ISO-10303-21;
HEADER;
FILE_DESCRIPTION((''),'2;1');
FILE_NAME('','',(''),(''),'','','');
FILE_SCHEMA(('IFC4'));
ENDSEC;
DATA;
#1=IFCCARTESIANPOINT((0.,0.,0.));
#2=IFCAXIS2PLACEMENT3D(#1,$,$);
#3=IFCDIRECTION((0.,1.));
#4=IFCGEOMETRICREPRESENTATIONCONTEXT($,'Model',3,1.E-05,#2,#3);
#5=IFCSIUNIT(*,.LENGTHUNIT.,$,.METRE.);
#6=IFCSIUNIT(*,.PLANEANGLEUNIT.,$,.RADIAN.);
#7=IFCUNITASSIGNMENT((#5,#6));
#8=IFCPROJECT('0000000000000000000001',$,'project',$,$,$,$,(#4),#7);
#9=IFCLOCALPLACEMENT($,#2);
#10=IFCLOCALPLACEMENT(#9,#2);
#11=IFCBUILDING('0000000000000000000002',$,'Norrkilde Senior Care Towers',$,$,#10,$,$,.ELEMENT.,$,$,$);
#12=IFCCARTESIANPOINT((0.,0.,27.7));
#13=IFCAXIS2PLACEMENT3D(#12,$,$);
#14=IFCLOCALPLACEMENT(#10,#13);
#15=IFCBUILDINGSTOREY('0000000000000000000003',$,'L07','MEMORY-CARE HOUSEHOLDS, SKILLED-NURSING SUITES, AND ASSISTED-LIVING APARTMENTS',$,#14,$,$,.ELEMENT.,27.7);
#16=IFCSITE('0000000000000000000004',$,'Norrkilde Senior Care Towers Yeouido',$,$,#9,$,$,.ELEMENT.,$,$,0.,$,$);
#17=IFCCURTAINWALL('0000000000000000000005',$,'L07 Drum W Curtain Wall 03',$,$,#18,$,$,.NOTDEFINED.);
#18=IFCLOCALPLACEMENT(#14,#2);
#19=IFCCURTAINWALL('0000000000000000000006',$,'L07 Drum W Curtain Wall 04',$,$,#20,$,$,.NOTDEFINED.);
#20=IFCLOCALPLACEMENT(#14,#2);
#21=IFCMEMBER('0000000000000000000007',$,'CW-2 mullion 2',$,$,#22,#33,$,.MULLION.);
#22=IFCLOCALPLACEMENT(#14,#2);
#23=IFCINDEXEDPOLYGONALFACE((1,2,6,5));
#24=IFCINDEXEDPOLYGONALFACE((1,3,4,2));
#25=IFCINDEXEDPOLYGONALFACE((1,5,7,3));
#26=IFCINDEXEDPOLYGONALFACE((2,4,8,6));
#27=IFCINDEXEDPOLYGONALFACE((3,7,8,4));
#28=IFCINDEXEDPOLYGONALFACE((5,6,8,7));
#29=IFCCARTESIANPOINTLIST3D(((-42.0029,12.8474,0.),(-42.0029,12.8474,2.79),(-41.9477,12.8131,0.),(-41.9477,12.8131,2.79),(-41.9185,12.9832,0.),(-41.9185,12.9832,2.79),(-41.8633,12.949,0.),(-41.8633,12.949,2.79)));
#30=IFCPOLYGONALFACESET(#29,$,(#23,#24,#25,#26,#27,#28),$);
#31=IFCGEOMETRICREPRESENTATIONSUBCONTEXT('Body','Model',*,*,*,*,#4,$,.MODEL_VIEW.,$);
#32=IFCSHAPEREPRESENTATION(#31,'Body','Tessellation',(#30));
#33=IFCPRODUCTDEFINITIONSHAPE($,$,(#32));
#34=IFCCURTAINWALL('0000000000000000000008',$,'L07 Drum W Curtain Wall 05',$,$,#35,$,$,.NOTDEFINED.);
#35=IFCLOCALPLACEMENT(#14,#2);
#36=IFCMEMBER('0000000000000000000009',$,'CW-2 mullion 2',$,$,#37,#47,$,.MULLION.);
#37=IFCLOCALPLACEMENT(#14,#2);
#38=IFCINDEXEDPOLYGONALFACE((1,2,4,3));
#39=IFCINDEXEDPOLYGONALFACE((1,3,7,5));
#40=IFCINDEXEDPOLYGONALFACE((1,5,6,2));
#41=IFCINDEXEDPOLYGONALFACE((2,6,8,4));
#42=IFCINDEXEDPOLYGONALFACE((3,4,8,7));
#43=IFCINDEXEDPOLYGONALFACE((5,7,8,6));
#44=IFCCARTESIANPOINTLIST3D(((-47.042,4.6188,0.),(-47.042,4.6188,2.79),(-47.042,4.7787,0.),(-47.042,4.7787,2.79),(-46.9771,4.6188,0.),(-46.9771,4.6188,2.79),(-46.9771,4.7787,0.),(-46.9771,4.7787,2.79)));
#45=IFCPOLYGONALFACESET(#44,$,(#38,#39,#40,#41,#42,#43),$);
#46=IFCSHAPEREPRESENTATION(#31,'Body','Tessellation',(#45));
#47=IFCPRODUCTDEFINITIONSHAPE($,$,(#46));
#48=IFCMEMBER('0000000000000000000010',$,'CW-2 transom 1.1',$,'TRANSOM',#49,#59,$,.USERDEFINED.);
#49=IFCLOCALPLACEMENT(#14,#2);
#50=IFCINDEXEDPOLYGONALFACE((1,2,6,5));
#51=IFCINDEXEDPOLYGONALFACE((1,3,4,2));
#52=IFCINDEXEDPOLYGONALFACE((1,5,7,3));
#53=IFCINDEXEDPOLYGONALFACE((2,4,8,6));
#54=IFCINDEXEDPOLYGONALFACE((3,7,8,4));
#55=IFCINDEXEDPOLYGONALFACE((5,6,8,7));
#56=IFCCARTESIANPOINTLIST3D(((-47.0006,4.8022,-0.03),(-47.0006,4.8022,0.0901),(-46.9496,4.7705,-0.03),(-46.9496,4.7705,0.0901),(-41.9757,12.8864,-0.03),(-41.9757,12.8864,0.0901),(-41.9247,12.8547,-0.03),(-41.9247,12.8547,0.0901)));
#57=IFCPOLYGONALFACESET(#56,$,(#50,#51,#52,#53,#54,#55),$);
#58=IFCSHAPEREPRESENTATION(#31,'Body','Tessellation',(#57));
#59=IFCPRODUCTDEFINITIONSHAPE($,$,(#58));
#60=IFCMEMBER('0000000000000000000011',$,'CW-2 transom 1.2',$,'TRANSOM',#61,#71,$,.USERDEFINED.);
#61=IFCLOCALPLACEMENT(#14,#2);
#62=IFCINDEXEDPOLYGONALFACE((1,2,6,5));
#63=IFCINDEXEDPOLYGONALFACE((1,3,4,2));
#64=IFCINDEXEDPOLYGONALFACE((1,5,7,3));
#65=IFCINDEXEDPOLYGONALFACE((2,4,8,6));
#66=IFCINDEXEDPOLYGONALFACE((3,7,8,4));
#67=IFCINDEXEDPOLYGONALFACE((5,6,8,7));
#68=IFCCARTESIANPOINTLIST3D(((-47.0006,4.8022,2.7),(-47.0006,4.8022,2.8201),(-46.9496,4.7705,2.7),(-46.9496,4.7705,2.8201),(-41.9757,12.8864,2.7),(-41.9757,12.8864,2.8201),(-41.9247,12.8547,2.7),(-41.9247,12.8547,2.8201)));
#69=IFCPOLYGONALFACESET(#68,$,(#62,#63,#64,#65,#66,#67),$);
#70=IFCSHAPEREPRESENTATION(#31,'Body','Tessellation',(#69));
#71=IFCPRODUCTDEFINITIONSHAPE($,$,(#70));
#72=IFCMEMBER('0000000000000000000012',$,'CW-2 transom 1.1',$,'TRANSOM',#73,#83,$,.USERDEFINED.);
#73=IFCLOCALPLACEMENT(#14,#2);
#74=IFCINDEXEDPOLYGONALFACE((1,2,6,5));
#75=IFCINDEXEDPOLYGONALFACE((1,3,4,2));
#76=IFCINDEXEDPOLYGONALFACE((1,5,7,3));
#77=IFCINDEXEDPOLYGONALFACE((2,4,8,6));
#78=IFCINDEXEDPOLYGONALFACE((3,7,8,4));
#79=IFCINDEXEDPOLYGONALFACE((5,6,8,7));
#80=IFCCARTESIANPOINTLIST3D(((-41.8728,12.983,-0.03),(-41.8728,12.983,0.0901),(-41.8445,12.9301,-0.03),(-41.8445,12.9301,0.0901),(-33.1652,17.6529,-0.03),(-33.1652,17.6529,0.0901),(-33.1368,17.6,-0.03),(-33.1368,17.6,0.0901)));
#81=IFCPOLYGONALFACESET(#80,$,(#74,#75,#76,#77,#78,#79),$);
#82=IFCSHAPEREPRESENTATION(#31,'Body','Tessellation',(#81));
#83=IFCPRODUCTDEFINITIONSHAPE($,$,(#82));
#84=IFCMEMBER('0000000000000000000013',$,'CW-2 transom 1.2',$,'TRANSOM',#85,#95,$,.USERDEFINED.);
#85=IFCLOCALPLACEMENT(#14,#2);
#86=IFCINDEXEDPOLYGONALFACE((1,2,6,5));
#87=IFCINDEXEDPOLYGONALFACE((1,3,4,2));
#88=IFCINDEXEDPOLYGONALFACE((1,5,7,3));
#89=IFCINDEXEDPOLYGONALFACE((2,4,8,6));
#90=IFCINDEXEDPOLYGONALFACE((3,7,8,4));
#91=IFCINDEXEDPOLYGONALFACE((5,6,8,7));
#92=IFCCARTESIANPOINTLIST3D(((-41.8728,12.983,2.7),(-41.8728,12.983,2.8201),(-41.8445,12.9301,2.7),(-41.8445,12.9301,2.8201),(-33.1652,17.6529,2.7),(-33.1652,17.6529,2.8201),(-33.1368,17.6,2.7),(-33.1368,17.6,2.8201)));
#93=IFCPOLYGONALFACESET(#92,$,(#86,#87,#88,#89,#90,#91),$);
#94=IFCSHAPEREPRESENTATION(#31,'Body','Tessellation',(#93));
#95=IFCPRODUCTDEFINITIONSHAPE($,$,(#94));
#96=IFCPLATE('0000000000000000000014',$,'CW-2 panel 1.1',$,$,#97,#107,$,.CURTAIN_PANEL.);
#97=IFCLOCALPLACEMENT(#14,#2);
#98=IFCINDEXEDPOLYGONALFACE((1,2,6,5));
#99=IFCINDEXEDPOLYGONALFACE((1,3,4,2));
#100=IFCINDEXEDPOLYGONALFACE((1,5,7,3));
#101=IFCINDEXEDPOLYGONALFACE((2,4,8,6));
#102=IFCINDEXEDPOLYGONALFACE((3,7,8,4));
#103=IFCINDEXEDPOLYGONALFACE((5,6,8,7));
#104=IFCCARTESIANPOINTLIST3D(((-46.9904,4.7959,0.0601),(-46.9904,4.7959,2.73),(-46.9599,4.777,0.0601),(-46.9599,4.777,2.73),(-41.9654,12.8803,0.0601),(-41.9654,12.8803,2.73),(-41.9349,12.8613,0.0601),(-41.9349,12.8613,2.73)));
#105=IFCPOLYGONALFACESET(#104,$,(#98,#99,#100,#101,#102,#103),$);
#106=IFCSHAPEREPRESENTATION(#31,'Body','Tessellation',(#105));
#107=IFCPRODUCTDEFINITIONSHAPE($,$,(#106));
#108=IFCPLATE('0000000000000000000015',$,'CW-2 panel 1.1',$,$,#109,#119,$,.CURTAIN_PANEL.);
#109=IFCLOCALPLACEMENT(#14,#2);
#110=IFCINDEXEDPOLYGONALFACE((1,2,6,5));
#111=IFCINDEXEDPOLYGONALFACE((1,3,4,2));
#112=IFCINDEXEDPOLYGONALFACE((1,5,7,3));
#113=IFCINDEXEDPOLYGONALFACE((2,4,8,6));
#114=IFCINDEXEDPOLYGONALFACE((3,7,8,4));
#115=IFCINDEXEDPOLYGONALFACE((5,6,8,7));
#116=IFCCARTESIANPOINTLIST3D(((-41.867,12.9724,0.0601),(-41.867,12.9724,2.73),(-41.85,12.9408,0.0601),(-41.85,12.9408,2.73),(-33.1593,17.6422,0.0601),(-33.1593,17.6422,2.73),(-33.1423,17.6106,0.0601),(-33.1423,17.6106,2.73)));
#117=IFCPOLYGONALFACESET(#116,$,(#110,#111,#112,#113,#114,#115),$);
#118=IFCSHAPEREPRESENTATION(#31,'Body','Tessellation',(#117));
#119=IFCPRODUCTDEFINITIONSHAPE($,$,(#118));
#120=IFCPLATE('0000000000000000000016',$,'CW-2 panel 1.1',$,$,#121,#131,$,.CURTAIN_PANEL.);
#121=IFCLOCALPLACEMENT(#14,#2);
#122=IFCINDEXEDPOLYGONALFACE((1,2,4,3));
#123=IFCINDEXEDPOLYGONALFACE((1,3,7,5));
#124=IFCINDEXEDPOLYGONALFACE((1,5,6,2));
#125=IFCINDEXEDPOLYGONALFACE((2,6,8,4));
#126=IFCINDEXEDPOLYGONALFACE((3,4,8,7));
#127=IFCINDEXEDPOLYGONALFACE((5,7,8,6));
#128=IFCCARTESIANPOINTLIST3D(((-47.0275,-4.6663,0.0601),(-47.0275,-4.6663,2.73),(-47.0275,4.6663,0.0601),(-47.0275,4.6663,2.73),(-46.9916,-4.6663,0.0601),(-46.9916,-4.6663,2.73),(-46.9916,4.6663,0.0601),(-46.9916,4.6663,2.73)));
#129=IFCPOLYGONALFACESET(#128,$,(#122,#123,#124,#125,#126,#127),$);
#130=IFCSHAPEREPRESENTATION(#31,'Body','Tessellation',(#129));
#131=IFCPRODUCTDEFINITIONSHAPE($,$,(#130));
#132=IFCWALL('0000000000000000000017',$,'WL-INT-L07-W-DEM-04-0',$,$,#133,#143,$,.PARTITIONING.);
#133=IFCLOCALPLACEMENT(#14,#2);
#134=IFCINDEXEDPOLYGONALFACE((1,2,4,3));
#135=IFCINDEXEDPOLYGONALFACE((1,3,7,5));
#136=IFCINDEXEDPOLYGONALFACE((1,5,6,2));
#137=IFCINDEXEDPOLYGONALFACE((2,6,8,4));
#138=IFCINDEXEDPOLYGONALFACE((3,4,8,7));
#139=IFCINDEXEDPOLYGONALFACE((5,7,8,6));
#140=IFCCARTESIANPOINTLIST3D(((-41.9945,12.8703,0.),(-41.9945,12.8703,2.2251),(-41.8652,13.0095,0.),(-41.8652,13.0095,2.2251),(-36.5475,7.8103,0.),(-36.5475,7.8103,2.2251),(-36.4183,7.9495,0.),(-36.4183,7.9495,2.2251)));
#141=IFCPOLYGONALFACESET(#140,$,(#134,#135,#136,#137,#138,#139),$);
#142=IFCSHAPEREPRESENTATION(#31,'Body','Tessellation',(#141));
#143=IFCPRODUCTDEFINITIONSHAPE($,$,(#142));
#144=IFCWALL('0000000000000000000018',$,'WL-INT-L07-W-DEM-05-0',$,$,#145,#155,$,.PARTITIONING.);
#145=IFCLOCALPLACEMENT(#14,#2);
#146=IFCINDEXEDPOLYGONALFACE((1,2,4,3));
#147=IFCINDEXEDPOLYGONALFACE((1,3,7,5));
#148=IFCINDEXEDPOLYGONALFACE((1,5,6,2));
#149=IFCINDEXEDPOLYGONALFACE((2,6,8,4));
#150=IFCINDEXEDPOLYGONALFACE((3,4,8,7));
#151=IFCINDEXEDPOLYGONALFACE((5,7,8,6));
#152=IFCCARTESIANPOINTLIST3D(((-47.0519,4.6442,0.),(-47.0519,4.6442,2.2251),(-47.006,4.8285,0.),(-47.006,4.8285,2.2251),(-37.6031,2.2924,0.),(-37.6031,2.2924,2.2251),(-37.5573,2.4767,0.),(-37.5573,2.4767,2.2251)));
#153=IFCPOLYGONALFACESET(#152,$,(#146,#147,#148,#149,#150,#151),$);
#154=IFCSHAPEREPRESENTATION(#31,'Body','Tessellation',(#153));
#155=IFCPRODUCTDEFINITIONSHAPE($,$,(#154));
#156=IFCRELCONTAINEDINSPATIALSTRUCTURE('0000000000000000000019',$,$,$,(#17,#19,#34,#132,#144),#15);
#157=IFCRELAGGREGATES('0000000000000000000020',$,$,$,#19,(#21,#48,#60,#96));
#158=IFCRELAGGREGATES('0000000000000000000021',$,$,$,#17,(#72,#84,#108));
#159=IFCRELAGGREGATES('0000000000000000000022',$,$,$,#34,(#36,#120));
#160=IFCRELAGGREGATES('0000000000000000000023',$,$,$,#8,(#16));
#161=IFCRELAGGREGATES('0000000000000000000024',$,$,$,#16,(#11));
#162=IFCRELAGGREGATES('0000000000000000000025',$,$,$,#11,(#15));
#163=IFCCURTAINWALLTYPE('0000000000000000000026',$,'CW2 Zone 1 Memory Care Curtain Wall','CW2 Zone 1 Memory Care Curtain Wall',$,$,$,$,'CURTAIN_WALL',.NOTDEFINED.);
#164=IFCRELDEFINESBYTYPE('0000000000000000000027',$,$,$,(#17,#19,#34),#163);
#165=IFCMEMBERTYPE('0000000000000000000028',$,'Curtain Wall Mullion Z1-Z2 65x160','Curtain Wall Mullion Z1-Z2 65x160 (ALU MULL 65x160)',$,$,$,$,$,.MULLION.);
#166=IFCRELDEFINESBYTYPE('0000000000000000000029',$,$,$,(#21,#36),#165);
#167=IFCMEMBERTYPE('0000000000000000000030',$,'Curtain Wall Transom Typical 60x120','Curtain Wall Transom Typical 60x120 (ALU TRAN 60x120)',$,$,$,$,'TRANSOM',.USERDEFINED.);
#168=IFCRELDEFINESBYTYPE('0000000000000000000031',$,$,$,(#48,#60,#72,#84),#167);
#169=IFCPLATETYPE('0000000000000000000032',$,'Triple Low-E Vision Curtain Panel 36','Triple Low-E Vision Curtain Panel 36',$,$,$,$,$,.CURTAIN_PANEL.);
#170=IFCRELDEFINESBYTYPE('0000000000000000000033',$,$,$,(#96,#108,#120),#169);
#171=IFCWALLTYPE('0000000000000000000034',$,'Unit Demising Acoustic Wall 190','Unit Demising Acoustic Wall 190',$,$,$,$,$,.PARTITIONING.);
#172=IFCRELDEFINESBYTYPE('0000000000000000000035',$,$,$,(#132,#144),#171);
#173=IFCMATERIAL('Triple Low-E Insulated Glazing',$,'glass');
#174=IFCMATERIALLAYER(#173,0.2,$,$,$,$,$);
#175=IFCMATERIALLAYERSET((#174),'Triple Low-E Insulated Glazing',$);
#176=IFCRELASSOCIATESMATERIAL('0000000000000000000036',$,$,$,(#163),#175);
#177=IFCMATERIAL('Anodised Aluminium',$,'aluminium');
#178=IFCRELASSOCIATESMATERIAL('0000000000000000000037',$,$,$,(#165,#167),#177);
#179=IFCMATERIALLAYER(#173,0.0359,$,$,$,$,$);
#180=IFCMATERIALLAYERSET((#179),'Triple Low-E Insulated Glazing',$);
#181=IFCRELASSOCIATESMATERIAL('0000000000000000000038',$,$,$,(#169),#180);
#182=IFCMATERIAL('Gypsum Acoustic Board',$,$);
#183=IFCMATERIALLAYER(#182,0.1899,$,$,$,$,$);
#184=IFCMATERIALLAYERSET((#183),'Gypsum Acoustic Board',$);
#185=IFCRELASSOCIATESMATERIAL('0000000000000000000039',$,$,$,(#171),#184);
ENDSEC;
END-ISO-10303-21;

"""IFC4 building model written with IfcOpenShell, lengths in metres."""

from ifc_helpers import new_model, si_unit, direction, frame, frame_2d, origin, origin_2d, place, context, subcontext, project, spatial, rectangle, extrude, source, transform, mapped, material, layer, layer_set, material_profile, profile_set, type_object, type_shapes, element, aggregate, save


model = new_model("IFC4")

# Units and contexts
model_context = context("Model", 3, precision=1e-05, world=origin(), true_north=direction((0.0, 1.0)))
body_context = subcontext(model_context, "Body", "Model", "MODEL_VIEW")
ifc_project = project(units=[si_unit("LENGTHUNIT", "METRE"), si_unit("PLANEANGLEUNIT", "RADIAN")], contexts=[model_context])

# Site, building, storey
site_placement = place(None, origin())
site = spatial("IfcSite", under=ifc_project, at=site_placement, Name="Norrkilde Senior Care Towers Yeouido", CompositionType="ELEMENT", RefElevation=0.0)
building_placement = place(site_placement, origin())
building = spatial("IfcBuilding", under=site, at=building_placement, Name="Norrkilde Senior Care Towers", CompositionType="ELEMENT")
storey_placement = place(building_placement, frame((0.0, 0.0, 27.7)))
storey = spatial("IfcBuildingStorey", under=building, at=storey_placement, Name="L07", Description="MEMORY-CARE HOUSEHOLDS, SKILLED-NURSING SUITES, AND ASSISTED-LIVING APARTMENTS", CompositionType="ELEMENT", Elevation=27.7)

# Curtain wall
ifc_material_1 = material(Name="Triple Low-E Insulated Glazing", Category="glass")
ifc_layer_1 = layer(ifc_material_1, 0.2)
ifc_layer_set_1 = layer_set([ifc_layer_1], Name="Triple Low-E Insulated Glazing")
curtain_wall_type = type_object("IfcCurtainWallType", Name="CW2 Zone 1 Memory Care Curtain Wall", Description="CW2 Zone 1 Memory Care Curtain Wall", ElementType="CURTAIN_WALL", PredefinedType="NOTDEFINED", material=ifc_layer_set_1)
curtain_wall_1_placement = place(storey_placement, origin())
curtain_wall_1 = element("IfcCurtainWall", 1, at=curtain_wall_1_placement, inside=storey, type_object=curtain_wall_type, Name="L07 Drum W Curtain Wall 03", PredefinedType="NOTDEFINED")
ifc_material_2 = material(Name="Anodised Aluminium", Category="aluminium")
ifc_material_profile_1 = material_profile(ifc_material_2, rectangle(XDim=0.0649, YDim=0.1599, at=origin_2d()), Name="ALU MULL 65x160")
ifc_profile_set_1 = profile_set([ifc_material_profile_1], Name="Anodised Aluminium")
member_type_1 = type_object("IfcMemberType", Name="Curtain Wall Mullion Z1-Z2 65x160", Description="Curtain Wall Mullion Z1-Z2 65x160 (ALU MULL 65x160)", PredefinedType="MULLION", material=ifc_profile_set_1)
shared_shape_1 = source(origin(), body_context, "Body", "SweptSolid", [
    extrude(rectangle(XDim=0.0649, YDim=0.1599, at=origin_2d()), origin(), (0.0, 0.0, 1.0), 2.79),
])
type_shapes(member_type_1, [shared_shape_1])

# Curtain wall, member
curtain_wall_2_placement = place(storey_placement, origin())
curtain_wall_2 = element("IfcCurtainWall", 2, at=curtain_wall_2_placement, inside=storey, type_object=curtain_wall_type, Name="L07 Drum W Curtain Wall 04", PredefinedType="NOTDEFINED")
member_1_placement = place(storey_placement, frame((-41.9331, 12.8982, 0.0), z_axis=(0.0, 0.0, 1.0), x_axis=(-0.849306, 0.527901, 0.0)))
member_1 = element("IfcMember", 3, at=member_1_placement, type_object=member_type_1, Name="CW-2 mullion 2", PredefinedType="MULLION", context=body_context, shape_type="MappedRepresentation", body=[
    mapped(shared_shape_1, transform((0.0, 0.0, 0.0), x_axis=(1.0, 0.0, 0.0), y_axis=(0.0, 1.0, 0.0), z_axis=(0.0, 0.0, 1.0), scale=1.0)),
])

# Curtain wall, member
curtain_wall_3_placement = place(storey_placement, origin())
curtain_wall_3 = element("IfcCurtainWall", 4, at=curtain_wall_3_placement, inside=storey, type_object=curtain_wall_type, Name="L07 Drum W Curtain Wall 05", PredefinedType="NOTDEFINED")
member_2_placement = place(storey_placement, frame((-47.0095, 4.6987, 0.0), z_axis=(0.0, 0.0, 1.0), x_axis=(-1.0, 0.0, 0.0)))
member_2 = element("IfcMember", 5, at=member_2_placement, type_object=member_type_1, Name="CW-2 mullion 2", PredefinedType="MULLION", context=body_context, shape_type="MappedRepresentation", body=[
    mapped(shared_shape_1, transform((0.0, 0.0, 0.0), x_axis=(1.0, 0.0, 0.0), y_axis=(0.0, 1.0, 0.0), z_axis=(0.0, 0.0, 1.0), scale=1.0)),
])

# Members
ifc_material_profile_2 = material_profile(ifc_material_2, rectangle(XDim=0.0601, YDim=0.1201, at=origin_2d()), Name="ALU TRAN 60x120")
ifc_profile_set_2 = profile_set([ifc_material_profile_2], Name="Anodised Aluminium")
member_type_2 = type_object("IfcMemberType", Name="Curtain Wall Transom Typical 60x120", Description="Curtain Wall Transom Typical 60x120 (ALU TRAN 60x120)", ElementType="TRANSOM", PredefinedType="USERDEFINED", material=ifc_profile_set_2)
shared_shape_2 = source(origin(), body_context, "Body", "SweptSolid", [
    extrude(rectangle(XDim=0.0601, YDim=0.1201, at=origin_2d()), origin(), (0.0, 0.0, 1.0), 9.5186),
])
member_3_placement = place(storey_placement, frame((-46.9751, 4.7864, 0.03), z_axis=(0.527902, 0.849306, 0.0), x_axis=(-0.849306, 0.527902, 0.0)))
member_3 = element("IfcMember", 6, at=member_3_placement, type_object=member_type_2, Name="CW-2 transom 1.1", ObjectType="TRANSOM", PredefinedType="USERDEFINED", context=body_context, shape_type="MappedRepresentation", body=[
    mapped(shared_shape_2, transform((0.0, 0.0, 0.0), x_axis=(1.0, 0.0, 0.0), y_axis=(0.0, 1.0, 0.0), z_axis=(0.0, 0.0, 1.0), scale=1.0)),
])
member_4_placement = place(storey_placement, frame((-46.9751, 4.7864, 2.76), z_axis=(0.527902, 0.849306, 0.0), x_axis=(-0.849306, 0.527902, 0.0)))
member_4 = element("IfcMember", 7, at=member_4_placement, type_object=member_type_2, Name="CW-2 transom 1.2", ObjectType="TRANSOM", PredefinedType="USERDEFINED", context=body_context, shape_type="MappedRepresentation", body=[
    mapped(shared_shape_2, transform((0.0, 0.0, 0.0), x_axis=(1.0, 0.0, 0.0), y_axis=(0.0, 1.0, 0.0), z_axis=(0.0, 0.0, 1.0), scale=1.0)),
])
shared_shape_3 = source(origin(), body_context, "Body", "SweptSolid", [
    extrude(rectangle(XDim=0.0601, YDim=0.1201, at=origin_2d()), origin(), (0.0, 0.0, 1.0), 9.8809),
])
type_shapes(member_type_2, [shared_shape_2, shared_shape_3])
member_5_placement = place(storey_placement, frame((-41.8586, 12.9565, 0.03), z_axis=(0.881267, 0.472618, 0.0), x_axis=(-0.472618, 0.881267, 0.0)))
member_5 = element("IfcMember", 8, at=member_5_placement, type_object=member_type_2, Name="CW-2 transom 1.1", ObjectType="TRANSOM", PredefinedType="USERDEFINED", context=body_context, shape_type="MappedRepresentation", body=[
    mapped(shared_shape_3, transform((0.0, 0.0, 0.0), x_axis=(1.0, 0.0, 0.0), y_axis=(0.0, 1.0, 0.0), z_axis=(0.0, 0.0, 1.0), scale=1.0)),
])
member_6_placement = place(storey_placement, frame((-41.8586, 12.9565, 2.76), z_axis=(0.881267, 0.472618, 0.0), x_axis=(-0.472618, 0.881267, 0.0)))
member_6 = element("IfcMember", 9, at=member_6_placement, type_object=member_type_2, Name="CW-2 transom 1.2", ObjectType="TRANSOM", PredefinedType="USERDEFINED", context=body_context, shape_type="MappedRepresentation", body=[
    mapped(shared_shape_3, transform((0.0, 0.0, 0.0), x_axis=(1.0, 0.0, 0.0), y_axis=(0.0, 1.0, 0.0), z_axis=(0.0, 0.0, 1.0), scale=1.0)),
])

# Plates
ifc_layer_2 = layer(ifc_material_1, 0.0359)
ifc_layer_set_2 = layer_set([ifc_layer_2], Name="Triple Low-E Insulated Glazing")
plate_type = type_object("IfcPlateType", Name="Triple Low-E Vision Curtain Panel 36", Description="Triple Low-E Vision Curtain Panel 36", PredefinedType="CURTAIN_PANEL", material=ifc_layer_set_2)
shared_shape_4 = source(origin(), body_context, "Body", "SweptSolid", [
    extrude(rectangle(XDim=9.5188, YDim=0.0359, at=origin_2d()), origin(), (0.0, 0.0, 1.0), 2.6699),
])
plate_1_placement = place(storey_placement, frame((-44.4626, 8.8286, 0.0601), z_axis=(0.0, 0.0, 1.0), x_axis=(0.527901, 0.849306, 0.0)))
plate_1 = element("IfcPlate", 10, at=plate_1_placement, type_object=plate_type, Name="CW-2 panel 1.1", PredefinedType="CURTAIN_PANEL", context=body_context, shape_type="MappedRepresentation", body=[
    mapped(shared_shape_4, transform((0.0, 0.0, 0.0), x_axis=(1.0, 0.0, 0.0), y_axis=(0.0, 1.0, 0.0), z_axis=(0.0, 0.0, 1.0), scale=1.0)),
])
aggregate(curtain_wall_2, [member_1, member_3, member_4, plate_1])
shared_shape_5 = source(origin(), body_context, "Body", "SweptSolid", [
    extrude(rectangle(XDim=9.8809, YDim=0.0359, at=origin_2d()), origin(), (0.0, 0.0, 1.0), 2.6699),
])
plate_2_placement = place(storey_placement, frame((-37.5046, 15.2915, 0.0601), z_axis=(0.0, 0.0, 1.0), x_axis=(0.881273, 0.472608, 0.0)))
plate_2 = element("IfcPlate", 11, at=plate_2_placement, type_object=plate_type, Name="CW-2 panel 1.1", PredefinedType="CURTAIN_PANEL", context=body_context, shape_type="MappedRepresentation", body=[
    mapped(shared_shape_5, transform((0.0, 0.0, 0.0), x_axis=(1.0, 0.0, 0.0), y_axis=(0.0, 1.0, 0.0), z_axis=(0.0, 0.0, 1.0), scale=1.0)),
])
aggregate(curtain_wall_1, [member_5, member_6, plate_2])
shared_shape_6 = source(origin(), body_context, "Body", "SweptSolid", [
    extrude(rectangle(XDim=9.3325, YDim=0.0359, at=origin_2d()), origin(), (0.0, 0.0, 1.0), 2.6699),
])
type_shapes(plate_type, [shared_shape_4, shared_shape_5, shared_shape_6])
plate_3_placement = place(storey_placement, frame((-47.0095, 0.0, 0.0601), z_axis=(0.0, 0.0, 1.0), x_axis=(0.0, 1.0, 0.0)))
plate_3 = element("IfcPlate", 12, at=plate_3_placement, type_object=plate_type, Name="CW-2 panel 1.1", PredefinedType="CURTAIN_PANEL", context=body_context, shape_type="MappedRepresentation", body=[
    mapped(shared_shape_6, transform((0.0, 0.0, 0.0), x_axis=(1.0, 0.0, 0.0), y_axis=(0.0, 1.0, 0.0), z_axis=(0.0, 0.0, 1.0), scale=1.0)),
])
aggregate(curtain_wall_3, [member_2, plate_3])

# Shared definitions
ifc_material_3 = material(Name="Gypsum Acoustic Board")

# Walls
ifc_layer_3 = layer(ifc_material_3, 0.1899)
ifc_layer_set_3 = layer_set([ifc_layer_3], Name="Gypsum Acoustic Board")
wall_type_1 = type_object("IfcWallType", Name="Unit Demising Acoustic Wall 190", Description="Unit Demising Acoustic Wall 190", PredefinedType="PARTITIONING", material=ifc_layer_set_3)
shared_shape_7 = source(origin(), body_context, "Body", "SweptSolid", [
    extrude(rectangle(XDim=7.4346, YDim=0.1899, at=frame_2d((3.7173, 0.0))), origin(), (0.0, 0.0, 1.0), 2.2251),
])
wall_1_placement = place(storey_placement, frame((-36.4829, 7.8799, 0.0), z_axis=(0.0, 0.0, 1.0), x_axis=(-0.732652, 0.680603, 0.0)))
element("IfcWall", 13, at=wall_1_placement, inside=storey, type_object=wall_type_1, Name="WL-INT-L07-W-DEM-04-0", PredefinedType="PARTITIONING", context=body_context, shape_type="MappedRepresentation", body=[
    mapped(shared_shape_7, transform((0.0, 0.0, 0.0), x_axis=(1.0, 0.0, 0.0), y_axis=(0.0, 1.0, 0.0), z_axis=(0.0, 0.0, 1.0), scale=1.0)),
])
shared_shape_8 = source(origin(), body_context, "Body", "SweptSolid", [
    extrude(rectangle(XDim=9.7371, YDim=0.1899, at=frame_2d((4.8687, 0.0))), origin(), (0.0, 0.0, 1.0), 2.2251),
])
type_shapes(wall_type_1, [shared_shape_7, shared_shape_8])
wall_2_placement = place(storey_placement, frame((-37.5801, 2.3845, 0.0), z_axis=(0.0, 0.0, 1.0), x_axis=(-0.970393, 0.241533, 0.0)))
element("IfcWall", 14, at=wall_2_placement, inside=storey, type_object=wall_type_1, Name="WL-INT-L07-W-DEM-05-0", PredefinedType="PARTITIONING", context=body_context, shape_type="MappedRepresentation", body=[
    mapped(shared_shape_8, transform((0.0, 0.0, 0.0), x_axis=(1.0, 0.0, 0.0), y_axis=(0.0, 1.0, 0.0), z_axis=(0.0, 0.0, 1.0), scale=1.0)),
])

save(model, "model.ifc")
